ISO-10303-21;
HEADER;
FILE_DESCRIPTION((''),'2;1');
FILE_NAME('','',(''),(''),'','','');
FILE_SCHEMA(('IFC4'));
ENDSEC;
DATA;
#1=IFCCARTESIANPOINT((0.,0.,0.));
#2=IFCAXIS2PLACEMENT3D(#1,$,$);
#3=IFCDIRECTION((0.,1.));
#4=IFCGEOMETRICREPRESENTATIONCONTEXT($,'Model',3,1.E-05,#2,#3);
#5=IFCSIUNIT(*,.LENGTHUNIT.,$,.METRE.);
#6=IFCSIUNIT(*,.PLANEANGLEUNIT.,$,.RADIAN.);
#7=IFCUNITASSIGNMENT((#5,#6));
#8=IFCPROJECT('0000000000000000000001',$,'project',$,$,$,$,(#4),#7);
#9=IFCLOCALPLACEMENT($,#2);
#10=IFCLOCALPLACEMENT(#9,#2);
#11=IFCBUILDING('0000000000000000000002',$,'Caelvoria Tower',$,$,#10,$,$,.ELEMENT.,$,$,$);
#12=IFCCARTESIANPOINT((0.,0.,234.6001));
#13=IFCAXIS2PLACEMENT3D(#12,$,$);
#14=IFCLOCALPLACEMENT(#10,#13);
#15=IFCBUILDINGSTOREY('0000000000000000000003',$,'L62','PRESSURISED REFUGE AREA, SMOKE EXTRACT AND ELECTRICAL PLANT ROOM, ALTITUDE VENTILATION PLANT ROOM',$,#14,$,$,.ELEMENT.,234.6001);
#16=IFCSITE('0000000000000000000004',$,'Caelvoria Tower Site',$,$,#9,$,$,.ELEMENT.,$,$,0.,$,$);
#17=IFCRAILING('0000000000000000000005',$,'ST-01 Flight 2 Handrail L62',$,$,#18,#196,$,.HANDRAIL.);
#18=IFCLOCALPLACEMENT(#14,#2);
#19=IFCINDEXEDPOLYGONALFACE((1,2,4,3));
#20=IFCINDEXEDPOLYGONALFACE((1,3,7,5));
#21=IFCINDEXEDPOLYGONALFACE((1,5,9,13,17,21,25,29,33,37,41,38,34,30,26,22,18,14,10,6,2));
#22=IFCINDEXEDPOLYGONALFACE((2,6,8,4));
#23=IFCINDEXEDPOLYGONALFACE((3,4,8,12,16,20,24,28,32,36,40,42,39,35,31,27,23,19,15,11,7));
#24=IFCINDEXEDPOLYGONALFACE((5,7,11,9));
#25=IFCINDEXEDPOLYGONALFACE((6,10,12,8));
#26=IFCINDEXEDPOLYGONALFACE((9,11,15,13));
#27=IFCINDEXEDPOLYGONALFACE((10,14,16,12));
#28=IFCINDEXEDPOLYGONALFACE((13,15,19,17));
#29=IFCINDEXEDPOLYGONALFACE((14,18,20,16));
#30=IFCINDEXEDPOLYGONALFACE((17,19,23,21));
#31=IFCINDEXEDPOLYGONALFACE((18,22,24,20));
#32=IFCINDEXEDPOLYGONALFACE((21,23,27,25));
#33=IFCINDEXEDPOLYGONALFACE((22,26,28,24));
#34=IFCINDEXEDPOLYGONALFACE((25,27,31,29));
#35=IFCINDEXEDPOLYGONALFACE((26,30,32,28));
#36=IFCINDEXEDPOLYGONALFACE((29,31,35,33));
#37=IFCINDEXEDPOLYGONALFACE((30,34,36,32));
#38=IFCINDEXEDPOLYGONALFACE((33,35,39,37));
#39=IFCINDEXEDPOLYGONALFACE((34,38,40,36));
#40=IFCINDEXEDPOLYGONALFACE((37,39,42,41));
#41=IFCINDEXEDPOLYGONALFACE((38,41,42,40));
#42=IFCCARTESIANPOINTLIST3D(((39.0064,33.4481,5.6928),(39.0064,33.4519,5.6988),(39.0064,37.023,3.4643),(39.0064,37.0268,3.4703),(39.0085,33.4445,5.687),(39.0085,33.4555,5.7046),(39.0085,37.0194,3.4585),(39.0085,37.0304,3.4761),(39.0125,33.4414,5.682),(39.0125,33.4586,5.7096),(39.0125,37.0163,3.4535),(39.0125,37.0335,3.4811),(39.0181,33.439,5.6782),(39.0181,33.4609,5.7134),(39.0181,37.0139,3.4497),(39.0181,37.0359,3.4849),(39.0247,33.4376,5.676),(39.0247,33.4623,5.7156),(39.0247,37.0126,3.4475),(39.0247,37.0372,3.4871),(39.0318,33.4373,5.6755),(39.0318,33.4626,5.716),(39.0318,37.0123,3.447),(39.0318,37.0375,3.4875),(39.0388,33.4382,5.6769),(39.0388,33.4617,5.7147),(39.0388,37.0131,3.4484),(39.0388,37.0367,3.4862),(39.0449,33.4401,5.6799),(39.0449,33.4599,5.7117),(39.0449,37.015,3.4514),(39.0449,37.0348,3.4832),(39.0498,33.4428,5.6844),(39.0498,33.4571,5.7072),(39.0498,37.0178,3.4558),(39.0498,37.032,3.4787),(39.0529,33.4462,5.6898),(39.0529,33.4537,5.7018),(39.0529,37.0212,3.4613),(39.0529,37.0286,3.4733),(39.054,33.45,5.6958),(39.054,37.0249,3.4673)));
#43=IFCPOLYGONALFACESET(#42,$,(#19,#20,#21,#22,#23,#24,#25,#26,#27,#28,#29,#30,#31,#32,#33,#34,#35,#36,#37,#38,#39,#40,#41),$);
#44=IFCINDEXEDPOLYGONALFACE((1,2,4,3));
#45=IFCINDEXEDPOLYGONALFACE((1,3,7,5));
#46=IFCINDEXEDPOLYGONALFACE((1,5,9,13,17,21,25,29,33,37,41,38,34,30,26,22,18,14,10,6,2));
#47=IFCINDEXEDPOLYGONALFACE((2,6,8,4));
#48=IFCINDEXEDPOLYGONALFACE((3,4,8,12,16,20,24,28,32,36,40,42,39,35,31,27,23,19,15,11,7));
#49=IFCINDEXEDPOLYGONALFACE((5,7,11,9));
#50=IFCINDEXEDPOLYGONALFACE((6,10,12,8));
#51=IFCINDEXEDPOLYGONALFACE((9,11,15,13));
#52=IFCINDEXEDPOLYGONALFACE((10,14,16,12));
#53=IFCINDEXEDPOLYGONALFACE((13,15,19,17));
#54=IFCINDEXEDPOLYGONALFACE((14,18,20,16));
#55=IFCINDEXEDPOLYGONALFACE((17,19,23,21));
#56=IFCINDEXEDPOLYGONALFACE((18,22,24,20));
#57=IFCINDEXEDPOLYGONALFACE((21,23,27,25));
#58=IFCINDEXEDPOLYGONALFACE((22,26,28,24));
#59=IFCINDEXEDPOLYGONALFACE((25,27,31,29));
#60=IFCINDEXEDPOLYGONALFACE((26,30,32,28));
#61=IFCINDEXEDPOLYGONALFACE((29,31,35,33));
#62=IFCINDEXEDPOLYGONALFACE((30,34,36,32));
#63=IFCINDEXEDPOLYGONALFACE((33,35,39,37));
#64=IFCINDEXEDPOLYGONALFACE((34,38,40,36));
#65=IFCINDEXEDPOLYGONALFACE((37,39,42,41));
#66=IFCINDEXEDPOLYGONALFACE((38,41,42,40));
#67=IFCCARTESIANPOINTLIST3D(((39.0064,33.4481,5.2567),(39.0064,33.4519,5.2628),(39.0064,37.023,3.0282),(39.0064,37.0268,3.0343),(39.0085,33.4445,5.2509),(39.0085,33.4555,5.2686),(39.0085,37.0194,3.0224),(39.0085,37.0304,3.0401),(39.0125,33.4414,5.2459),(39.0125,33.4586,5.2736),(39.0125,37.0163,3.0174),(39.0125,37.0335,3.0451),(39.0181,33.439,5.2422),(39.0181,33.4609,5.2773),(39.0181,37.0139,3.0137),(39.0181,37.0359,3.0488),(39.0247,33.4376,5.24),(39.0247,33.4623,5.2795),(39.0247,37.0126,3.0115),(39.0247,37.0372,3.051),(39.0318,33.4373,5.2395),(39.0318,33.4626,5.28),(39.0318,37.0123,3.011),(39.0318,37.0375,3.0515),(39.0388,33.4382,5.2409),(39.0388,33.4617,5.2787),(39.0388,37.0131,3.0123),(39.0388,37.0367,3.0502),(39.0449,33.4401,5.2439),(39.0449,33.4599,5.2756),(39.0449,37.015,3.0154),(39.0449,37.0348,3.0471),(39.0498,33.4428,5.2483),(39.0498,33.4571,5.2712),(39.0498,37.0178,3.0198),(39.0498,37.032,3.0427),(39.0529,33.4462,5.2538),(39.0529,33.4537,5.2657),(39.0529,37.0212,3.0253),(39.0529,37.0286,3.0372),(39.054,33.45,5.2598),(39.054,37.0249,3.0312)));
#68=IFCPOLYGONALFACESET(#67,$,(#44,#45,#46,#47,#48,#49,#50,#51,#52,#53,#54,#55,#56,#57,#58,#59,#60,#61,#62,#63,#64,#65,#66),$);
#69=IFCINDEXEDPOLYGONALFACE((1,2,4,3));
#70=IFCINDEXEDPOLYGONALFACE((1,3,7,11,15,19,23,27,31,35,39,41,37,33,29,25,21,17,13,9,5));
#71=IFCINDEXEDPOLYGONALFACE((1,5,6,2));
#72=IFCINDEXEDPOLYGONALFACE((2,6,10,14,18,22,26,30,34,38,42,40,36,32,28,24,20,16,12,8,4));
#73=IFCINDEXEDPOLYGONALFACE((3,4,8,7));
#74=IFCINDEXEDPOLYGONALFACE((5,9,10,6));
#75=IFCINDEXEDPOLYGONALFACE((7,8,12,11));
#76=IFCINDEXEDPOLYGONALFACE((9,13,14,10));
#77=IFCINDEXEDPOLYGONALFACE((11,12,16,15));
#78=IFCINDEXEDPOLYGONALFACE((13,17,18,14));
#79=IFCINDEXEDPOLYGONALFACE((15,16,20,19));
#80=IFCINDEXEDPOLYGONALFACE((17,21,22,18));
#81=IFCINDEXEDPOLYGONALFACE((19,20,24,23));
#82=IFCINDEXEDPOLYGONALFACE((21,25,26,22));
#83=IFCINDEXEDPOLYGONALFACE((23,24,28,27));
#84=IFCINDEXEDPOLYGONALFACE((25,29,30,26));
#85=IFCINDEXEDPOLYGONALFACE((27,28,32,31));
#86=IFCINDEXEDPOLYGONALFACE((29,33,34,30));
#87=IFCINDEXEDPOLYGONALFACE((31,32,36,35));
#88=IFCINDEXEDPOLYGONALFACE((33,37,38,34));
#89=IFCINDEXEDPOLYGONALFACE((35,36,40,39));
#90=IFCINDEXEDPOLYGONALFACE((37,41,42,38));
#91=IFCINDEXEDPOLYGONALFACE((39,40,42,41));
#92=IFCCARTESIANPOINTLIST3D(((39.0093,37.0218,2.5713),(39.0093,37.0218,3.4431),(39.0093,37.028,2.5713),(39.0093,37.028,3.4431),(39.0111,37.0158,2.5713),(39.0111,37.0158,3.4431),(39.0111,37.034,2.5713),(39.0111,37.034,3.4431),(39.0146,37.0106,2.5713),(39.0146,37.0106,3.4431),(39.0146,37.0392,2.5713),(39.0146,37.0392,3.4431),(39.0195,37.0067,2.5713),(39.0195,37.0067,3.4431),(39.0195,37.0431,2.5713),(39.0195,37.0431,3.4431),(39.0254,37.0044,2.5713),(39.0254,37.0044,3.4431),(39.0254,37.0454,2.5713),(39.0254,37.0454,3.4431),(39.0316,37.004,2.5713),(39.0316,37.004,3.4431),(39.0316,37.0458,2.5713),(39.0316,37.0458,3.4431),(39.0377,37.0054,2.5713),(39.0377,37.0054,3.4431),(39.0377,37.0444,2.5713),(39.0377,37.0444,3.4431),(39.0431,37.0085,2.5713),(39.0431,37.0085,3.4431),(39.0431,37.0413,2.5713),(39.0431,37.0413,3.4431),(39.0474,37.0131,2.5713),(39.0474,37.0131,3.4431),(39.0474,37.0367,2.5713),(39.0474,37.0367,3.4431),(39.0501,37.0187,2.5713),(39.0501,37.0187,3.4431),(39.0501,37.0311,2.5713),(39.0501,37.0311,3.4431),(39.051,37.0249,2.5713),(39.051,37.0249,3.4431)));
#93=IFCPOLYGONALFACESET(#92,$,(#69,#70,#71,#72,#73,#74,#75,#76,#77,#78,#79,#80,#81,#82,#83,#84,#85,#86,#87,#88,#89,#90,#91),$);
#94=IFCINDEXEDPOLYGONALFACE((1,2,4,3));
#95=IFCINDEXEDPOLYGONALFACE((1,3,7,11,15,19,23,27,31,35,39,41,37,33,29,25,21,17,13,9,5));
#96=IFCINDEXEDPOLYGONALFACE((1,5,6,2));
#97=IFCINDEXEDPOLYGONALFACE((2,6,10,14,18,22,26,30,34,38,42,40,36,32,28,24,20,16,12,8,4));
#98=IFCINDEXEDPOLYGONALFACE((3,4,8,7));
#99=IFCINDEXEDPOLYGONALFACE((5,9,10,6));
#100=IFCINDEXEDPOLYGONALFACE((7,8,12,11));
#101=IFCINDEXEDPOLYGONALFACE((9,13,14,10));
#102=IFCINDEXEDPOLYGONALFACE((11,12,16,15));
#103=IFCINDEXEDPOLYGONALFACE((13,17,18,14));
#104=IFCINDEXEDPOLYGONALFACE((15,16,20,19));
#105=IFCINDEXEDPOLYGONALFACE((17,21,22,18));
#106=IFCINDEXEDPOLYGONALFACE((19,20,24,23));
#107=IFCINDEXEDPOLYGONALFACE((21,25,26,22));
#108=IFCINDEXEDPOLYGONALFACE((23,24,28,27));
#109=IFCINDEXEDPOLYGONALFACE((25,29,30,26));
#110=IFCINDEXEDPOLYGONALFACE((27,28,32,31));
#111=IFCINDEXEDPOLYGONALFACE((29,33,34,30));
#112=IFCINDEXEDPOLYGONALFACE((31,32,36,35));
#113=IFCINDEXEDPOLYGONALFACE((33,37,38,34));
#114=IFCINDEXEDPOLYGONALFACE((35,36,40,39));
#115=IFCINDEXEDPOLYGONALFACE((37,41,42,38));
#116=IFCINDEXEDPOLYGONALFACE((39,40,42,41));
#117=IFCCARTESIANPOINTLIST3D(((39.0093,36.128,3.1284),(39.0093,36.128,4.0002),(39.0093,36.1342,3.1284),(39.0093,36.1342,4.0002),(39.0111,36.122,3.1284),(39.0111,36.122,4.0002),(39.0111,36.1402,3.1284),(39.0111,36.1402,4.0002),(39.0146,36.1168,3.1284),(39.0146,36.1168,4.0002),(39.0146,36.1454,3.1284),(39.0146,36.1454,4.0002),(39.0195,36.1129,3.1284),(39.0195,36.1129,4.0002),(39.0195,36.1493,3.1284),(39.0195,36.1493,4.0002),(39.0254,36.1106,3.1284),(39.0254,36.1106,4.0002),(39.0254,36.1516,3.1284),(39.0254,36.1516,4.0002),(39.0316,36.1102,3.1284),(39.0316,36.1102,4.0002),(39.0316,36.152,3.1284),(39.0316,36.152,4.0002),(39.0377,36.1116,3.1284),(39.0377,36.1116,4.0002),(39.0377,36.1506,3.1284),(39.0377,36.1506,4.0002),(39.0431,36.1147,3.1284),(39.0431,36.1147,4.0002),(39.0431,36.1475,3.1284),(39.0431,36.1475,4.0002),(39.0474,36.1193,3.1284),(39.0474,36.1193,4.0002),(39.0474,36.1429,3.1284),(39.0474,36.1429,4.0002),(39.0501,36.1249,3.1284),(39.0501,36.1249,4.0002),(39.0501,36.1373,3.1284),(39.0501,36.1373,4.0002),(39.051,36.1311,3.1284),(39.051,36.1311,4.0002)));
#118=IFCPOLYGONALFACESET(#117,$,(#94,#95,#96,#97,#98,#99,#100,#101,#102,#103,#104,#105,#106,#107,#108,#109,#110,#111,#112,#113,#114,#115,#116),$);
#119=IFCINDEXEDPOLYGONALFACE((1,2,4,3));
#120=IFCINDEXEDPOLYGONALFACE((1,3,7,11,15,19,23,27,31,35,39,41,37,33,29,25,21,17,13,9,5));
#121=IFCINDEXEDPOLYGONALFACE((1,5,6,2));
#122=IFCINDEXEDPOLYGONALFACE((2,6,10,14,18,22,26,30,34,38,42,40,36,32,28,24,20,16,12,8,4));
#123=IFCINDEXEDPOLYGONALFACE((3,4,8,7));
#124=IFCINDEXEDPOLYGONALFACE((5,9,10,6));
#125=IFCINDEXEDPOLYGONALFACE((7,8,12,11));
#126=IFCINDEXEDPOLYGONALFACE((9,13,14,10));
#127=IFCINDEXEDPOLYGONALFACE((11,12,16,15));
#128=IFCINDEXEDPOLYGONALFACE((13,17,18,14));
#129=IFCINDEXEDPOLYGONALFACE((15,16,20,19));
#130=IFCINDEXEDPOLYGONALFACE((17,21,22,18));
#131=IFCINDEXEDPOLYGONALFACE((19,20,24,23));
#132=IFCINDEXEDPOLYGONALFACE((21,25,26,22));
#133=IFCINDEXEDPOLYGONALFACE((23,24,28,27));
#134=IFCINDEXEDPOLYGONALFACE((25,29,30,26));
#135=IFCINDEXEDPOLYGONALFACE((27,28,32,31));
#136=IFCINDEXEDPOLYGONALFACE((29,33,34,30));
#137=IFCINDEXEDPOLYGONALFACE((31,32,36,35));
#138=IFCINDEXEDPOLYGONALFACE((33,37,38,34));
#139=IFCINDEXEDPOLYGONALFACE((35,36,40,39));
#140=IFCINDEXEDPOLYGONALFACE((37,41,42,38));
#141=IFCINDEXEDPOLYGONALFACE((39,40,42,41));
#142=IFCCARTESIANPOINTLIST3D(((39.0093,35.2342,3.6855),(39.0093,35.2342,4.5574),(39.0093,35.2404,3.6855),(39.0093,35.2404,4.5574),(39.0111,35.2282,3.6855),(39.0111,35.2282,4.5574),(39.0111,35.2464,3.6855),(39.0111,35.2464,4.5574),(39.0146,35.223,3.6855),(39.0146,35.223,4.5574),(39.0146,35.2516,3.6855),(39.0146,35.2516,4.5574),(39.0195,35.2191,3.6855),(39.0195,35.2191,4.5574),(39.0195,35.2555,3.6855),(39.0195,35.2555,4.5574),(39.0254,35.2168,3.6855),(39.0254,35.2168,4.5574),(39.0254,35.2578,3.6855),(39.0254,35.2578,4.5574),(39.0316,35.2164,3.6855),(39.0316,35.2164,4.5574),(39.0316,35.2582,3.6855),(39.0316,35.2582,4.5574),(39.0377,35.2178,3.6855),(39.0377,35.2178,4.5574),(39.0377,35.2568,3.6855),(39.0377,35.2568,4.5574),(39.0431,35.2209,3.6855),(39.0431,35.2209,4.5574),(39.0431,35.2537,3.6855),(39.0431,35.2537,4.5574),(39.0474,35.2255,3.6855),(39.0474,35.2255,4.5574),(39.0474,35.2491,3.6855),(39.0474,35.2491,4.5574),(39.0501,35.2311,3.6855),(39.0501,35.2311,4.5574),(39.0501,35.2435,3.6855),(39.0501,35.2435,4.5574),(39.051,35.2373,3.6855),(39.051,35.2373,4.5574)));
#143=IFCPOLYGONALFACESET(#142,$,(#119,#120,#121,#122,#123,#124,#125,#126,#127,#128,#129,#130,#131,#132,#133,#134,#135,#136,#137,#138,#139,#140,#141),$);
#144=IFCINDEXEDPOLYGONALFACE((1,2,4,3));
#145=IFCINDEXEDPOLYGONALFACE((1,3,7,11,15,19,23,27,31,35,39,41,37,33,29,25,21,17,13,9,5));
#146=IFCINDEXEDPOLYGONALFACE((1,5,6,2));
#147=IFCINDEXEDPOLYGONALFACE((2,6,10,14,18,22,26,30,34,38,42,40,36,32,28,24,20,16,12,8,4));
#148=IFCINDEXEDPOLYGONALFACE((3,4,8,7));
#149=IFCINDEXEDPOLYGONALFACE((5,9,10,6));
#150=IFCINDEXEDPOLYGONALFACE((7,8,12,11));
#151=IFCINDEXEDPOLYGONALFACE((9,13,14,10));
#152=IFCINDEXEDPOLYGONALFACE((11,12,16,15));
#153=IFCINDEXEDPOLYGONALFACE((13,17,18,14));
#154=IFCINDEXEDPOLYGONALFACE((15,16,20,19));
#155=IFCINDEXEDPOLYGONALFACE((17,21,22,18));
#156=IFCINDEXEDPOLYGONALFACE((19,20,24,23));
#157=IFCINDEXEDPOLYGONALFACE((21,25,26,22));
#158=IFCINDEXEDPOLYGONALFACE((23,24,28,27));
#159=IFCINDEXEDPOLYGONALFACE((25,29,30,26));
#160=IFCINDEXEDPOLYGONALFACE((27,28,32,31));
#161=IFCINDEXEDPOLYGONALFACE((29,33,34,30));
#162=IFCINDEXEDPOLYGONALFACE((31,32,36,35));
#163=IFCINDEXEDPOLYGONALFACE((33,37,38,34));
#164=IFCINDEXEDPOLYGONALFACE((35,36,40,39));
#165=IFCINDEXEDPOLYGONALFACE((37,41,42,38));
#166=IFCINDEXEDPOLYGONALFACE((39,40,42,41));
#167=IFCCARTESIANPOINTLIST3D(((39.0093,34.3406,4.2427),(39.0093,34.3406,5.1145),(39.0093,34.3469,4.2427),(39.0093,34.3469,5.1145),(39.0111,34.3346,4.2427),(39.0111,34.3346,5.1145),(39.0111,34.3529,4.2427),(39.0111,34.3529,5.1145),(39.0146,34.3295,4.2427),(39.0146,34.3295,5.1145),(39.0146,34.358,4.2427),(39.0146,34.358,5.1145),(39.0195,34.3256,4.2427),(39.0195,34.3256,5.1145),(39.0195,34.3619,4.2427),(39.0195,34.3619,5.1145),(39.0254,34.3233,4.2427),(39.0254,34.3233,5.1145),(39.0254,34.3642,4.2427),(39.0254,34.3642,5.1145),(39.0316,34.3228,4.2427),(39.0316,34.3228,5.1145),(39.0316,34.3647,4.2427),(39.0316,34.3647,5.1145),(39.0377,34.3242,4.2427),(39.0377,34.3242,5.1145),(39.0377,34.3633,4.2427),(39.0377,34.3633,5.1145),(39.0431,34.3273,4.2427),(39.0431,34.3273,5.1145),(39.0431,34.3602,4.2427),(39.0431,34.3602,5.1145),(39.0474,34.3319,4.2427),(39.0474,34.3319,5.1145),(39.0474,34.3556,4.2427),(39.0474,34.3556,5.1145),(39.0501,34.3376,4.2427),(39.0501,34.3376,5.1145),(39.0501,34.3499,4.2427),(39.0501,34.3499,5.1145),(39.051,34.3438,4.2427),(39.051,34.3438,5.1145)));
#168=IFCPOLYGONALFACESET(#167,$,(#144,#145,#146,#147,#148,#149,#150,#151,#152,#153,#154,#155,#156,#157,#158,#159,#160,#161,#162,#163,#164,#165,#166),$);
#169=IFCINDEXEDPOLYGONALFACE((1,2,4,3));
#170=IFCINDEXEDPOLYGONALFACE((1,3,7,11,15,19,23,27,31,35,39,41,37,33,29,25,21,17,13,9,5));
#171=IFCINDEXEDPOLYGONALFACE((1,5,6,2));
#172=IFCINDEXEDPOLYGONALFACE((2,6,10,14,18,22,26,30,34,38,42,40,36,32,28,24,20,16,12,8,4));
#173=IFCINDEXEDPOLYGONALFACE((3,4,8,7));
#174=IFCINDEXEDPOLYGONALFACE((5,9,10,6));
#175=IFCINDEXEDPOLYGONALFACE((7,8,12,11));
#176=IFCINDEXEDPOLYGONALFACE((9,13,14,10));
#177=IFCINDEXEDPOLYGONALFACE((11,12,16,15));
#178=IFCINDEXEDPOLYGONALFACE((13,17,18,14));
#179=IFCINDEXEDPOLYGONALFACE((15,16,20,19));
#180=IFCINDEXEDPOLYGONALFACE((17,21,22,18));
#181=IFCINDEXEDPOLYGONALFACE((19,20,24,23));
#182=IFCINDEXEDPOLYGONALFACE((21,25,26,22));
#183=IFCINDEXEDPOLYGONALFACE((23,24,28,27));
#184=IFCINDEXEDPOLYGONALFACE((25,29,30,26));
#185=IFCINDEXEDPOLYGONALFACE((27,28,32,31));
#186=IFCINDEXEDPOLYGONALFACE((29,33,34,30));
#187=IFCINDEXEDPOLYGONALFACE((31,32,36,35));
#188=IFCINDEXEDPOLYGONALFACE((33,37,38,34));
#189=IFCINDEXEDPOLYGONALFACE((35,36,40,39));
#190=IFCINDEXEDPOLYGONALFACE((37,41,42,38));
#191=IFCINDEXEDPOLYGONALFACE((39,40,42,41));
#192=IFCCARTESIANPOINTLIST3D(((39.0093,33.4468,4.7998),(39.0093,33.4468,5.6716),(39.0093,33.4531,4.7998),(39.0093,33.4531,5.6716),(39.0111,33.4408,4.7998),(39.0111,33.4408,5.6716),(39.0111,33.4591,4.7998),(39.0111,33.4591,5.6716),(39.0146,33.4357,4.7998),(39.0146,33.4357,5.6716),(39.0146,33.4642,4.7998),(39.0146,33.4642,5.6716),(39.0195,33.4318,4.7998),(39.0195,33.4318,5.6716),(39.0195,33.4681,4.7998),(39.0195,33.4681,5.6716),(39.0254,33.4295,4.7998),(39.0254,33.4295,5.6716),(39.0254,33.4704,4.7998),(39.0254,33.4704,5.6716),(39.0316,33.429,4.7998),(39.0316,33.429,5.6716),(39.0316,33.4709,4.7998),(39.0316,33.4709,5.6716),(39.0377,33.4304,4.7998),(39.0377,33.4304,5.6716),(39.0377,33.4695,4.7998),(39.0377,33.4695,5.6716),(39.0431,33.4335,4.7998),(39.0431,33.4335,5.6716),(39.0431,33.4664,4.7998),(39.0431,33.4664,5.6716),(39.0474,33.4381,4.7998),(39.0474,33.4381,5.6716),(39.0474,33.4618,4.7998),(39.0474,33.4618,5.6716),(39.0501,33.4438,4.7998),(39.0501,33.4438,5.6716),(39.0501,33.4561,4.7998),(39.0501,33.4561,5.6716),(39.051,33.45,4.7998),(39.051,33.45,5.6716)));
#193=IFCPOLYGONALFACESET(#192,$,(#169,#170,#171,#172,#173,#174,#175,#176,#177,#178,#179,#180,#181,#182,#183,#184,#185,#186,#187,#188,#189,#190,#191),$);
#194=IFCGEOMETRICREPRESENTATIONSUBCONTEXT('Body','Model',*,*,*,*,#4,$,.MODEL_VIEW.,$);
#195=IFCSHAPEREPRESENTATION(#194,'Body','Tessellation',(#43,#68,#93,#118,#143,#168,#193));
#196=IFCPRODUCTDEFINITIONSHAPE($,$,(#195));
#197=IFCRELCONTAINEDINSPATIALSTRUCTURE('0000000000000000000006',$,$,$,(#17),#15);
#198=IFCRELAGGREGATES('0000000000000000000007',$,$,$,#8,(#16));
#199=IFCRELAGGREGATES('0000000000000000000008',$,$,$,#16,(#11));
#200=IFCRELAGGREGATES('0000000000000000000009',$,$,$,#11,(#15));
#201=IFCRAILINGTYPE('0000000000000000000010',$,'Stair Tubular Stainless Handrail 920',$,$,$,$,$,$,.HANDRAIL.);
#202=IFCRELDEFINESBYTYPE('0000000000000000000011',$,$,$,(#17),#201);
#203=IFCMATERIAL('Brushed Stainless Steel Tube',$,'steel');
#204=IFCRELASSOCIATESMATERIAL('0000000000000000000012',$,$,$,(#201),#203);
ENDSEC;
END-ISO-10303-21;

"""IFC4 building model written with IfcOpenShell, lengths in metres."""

from ifc_helpers import new_model, si_unit, direction, frame, origin, origin_2d, place, context, subcontext, project, spatial, circle, extrude, material, type_object, element, save


model = new_model("IFC4")

# Units and contexts
model_context = context("Model", 3, precision=1e-05, world=origin(), true_north=direction((0.0, 1.0)))
body_context = subcontext(model_context, "Body", "Model", "MODEL_VIEW")
ifc_project = project(units=[si_unit("LENGTHUNIT", "METRE"), si_unit("PLANEANGLEUNIT", "RADIAN")], contexts=[model_context])

# Site, building, storey
site_placement = place(None, origin())
site = spatial("IfcSite", under=ifc_project, at=site_placement, Name="Caelvoria Tower Site", CompositionType="ELEMENT", RefElevation=0.0)
building_placement = place(site_placement, origin())
building = spatial("IfcBuilding", under=site, at=building_placement, Name="Caelvoria Tower", CompositionType="ELEMENT")
storey_placement = place(building_placement, frame((0.0, 0.0, 234.6001)))
storey = spatial("IfcBuildingStorey", under=building, at=storey_placement, Name="L62", Description="PRESSURISED REFUGE AREA, SMOKE EXTRACT AND ELECTRICAL PLANT ROOM, ALTITUDE VENTILATION PLANT ROOM", CompositionType="ELEMENT", Elevation=234.6001)

# Railing
ifc_material_1 = material(Name="Brushed Stainless Steel Tube", Category="steel")
railing_type_1 = type_object("IfcRailingType", Name="Stair Tubular Stainless Handrail 920", PredefinedType="HANDRAIL", material=ifc_material_1)
railing_1_placement = place(storey_placement, frame((39.03, 37.0249, 2.5713)))
element("IfcRailing", 1, at=railing_1_placement, inside=storey, type_object=railing_type_1, Name="ST-01 Flight 2 Handrail L62", PredefinedType="HANDRAIL", context=body_context, shape_type="SweptSolid", body=[
    extrude(circle(Radius=0.0239, at=origin_2d()), frame((0.0, 0.0, 0.896), z_axis=(0.0, -0.84862, 0.529004), x_axis=(1.0, 0.0, 0.0)), (0.0, 0.0, 1.0), 4.2126),
    extrude(circle(Radius=0.0239, at=origin_2d()), frame((0.0, 0.0, 0.46), z_axis=(0.0, -0.84862, 0.529004), x_axis=(1.0, 0.0, 0.0)), (0.0, 0.0, 1.0), 4.2126),
    extrude(circle(Radius=0.021, at=origin_2d()), origin(), (0.0, 0.0, 1.0), 0.8718),
    extrude(circle(Radius=0.021, at=origin_2d()), frame((0.0, -0.8938, 0.5571)), (0.0, 0.0, 1.0), 0.8718),
    extrude(circle(Radius=0.021, at=origin_2d()), frame((0.0, -1.7876, 1.1143)), (0.0, 0.0, 1.0), 0.8718),
    extrude(circle(Radius=0.021, at=origin_2d()), frame((0.0, -2.6812, 1.6714)), (0.0, 0.0, 1.0), 0.8718),
    extrude(circle(Radius=0.021, at=origin_2d()), frame((0.0, -3.575, 2.2285)), (0.0, 0.0, 1.0), 0.8718),
])

save(model, "model.ifc")
